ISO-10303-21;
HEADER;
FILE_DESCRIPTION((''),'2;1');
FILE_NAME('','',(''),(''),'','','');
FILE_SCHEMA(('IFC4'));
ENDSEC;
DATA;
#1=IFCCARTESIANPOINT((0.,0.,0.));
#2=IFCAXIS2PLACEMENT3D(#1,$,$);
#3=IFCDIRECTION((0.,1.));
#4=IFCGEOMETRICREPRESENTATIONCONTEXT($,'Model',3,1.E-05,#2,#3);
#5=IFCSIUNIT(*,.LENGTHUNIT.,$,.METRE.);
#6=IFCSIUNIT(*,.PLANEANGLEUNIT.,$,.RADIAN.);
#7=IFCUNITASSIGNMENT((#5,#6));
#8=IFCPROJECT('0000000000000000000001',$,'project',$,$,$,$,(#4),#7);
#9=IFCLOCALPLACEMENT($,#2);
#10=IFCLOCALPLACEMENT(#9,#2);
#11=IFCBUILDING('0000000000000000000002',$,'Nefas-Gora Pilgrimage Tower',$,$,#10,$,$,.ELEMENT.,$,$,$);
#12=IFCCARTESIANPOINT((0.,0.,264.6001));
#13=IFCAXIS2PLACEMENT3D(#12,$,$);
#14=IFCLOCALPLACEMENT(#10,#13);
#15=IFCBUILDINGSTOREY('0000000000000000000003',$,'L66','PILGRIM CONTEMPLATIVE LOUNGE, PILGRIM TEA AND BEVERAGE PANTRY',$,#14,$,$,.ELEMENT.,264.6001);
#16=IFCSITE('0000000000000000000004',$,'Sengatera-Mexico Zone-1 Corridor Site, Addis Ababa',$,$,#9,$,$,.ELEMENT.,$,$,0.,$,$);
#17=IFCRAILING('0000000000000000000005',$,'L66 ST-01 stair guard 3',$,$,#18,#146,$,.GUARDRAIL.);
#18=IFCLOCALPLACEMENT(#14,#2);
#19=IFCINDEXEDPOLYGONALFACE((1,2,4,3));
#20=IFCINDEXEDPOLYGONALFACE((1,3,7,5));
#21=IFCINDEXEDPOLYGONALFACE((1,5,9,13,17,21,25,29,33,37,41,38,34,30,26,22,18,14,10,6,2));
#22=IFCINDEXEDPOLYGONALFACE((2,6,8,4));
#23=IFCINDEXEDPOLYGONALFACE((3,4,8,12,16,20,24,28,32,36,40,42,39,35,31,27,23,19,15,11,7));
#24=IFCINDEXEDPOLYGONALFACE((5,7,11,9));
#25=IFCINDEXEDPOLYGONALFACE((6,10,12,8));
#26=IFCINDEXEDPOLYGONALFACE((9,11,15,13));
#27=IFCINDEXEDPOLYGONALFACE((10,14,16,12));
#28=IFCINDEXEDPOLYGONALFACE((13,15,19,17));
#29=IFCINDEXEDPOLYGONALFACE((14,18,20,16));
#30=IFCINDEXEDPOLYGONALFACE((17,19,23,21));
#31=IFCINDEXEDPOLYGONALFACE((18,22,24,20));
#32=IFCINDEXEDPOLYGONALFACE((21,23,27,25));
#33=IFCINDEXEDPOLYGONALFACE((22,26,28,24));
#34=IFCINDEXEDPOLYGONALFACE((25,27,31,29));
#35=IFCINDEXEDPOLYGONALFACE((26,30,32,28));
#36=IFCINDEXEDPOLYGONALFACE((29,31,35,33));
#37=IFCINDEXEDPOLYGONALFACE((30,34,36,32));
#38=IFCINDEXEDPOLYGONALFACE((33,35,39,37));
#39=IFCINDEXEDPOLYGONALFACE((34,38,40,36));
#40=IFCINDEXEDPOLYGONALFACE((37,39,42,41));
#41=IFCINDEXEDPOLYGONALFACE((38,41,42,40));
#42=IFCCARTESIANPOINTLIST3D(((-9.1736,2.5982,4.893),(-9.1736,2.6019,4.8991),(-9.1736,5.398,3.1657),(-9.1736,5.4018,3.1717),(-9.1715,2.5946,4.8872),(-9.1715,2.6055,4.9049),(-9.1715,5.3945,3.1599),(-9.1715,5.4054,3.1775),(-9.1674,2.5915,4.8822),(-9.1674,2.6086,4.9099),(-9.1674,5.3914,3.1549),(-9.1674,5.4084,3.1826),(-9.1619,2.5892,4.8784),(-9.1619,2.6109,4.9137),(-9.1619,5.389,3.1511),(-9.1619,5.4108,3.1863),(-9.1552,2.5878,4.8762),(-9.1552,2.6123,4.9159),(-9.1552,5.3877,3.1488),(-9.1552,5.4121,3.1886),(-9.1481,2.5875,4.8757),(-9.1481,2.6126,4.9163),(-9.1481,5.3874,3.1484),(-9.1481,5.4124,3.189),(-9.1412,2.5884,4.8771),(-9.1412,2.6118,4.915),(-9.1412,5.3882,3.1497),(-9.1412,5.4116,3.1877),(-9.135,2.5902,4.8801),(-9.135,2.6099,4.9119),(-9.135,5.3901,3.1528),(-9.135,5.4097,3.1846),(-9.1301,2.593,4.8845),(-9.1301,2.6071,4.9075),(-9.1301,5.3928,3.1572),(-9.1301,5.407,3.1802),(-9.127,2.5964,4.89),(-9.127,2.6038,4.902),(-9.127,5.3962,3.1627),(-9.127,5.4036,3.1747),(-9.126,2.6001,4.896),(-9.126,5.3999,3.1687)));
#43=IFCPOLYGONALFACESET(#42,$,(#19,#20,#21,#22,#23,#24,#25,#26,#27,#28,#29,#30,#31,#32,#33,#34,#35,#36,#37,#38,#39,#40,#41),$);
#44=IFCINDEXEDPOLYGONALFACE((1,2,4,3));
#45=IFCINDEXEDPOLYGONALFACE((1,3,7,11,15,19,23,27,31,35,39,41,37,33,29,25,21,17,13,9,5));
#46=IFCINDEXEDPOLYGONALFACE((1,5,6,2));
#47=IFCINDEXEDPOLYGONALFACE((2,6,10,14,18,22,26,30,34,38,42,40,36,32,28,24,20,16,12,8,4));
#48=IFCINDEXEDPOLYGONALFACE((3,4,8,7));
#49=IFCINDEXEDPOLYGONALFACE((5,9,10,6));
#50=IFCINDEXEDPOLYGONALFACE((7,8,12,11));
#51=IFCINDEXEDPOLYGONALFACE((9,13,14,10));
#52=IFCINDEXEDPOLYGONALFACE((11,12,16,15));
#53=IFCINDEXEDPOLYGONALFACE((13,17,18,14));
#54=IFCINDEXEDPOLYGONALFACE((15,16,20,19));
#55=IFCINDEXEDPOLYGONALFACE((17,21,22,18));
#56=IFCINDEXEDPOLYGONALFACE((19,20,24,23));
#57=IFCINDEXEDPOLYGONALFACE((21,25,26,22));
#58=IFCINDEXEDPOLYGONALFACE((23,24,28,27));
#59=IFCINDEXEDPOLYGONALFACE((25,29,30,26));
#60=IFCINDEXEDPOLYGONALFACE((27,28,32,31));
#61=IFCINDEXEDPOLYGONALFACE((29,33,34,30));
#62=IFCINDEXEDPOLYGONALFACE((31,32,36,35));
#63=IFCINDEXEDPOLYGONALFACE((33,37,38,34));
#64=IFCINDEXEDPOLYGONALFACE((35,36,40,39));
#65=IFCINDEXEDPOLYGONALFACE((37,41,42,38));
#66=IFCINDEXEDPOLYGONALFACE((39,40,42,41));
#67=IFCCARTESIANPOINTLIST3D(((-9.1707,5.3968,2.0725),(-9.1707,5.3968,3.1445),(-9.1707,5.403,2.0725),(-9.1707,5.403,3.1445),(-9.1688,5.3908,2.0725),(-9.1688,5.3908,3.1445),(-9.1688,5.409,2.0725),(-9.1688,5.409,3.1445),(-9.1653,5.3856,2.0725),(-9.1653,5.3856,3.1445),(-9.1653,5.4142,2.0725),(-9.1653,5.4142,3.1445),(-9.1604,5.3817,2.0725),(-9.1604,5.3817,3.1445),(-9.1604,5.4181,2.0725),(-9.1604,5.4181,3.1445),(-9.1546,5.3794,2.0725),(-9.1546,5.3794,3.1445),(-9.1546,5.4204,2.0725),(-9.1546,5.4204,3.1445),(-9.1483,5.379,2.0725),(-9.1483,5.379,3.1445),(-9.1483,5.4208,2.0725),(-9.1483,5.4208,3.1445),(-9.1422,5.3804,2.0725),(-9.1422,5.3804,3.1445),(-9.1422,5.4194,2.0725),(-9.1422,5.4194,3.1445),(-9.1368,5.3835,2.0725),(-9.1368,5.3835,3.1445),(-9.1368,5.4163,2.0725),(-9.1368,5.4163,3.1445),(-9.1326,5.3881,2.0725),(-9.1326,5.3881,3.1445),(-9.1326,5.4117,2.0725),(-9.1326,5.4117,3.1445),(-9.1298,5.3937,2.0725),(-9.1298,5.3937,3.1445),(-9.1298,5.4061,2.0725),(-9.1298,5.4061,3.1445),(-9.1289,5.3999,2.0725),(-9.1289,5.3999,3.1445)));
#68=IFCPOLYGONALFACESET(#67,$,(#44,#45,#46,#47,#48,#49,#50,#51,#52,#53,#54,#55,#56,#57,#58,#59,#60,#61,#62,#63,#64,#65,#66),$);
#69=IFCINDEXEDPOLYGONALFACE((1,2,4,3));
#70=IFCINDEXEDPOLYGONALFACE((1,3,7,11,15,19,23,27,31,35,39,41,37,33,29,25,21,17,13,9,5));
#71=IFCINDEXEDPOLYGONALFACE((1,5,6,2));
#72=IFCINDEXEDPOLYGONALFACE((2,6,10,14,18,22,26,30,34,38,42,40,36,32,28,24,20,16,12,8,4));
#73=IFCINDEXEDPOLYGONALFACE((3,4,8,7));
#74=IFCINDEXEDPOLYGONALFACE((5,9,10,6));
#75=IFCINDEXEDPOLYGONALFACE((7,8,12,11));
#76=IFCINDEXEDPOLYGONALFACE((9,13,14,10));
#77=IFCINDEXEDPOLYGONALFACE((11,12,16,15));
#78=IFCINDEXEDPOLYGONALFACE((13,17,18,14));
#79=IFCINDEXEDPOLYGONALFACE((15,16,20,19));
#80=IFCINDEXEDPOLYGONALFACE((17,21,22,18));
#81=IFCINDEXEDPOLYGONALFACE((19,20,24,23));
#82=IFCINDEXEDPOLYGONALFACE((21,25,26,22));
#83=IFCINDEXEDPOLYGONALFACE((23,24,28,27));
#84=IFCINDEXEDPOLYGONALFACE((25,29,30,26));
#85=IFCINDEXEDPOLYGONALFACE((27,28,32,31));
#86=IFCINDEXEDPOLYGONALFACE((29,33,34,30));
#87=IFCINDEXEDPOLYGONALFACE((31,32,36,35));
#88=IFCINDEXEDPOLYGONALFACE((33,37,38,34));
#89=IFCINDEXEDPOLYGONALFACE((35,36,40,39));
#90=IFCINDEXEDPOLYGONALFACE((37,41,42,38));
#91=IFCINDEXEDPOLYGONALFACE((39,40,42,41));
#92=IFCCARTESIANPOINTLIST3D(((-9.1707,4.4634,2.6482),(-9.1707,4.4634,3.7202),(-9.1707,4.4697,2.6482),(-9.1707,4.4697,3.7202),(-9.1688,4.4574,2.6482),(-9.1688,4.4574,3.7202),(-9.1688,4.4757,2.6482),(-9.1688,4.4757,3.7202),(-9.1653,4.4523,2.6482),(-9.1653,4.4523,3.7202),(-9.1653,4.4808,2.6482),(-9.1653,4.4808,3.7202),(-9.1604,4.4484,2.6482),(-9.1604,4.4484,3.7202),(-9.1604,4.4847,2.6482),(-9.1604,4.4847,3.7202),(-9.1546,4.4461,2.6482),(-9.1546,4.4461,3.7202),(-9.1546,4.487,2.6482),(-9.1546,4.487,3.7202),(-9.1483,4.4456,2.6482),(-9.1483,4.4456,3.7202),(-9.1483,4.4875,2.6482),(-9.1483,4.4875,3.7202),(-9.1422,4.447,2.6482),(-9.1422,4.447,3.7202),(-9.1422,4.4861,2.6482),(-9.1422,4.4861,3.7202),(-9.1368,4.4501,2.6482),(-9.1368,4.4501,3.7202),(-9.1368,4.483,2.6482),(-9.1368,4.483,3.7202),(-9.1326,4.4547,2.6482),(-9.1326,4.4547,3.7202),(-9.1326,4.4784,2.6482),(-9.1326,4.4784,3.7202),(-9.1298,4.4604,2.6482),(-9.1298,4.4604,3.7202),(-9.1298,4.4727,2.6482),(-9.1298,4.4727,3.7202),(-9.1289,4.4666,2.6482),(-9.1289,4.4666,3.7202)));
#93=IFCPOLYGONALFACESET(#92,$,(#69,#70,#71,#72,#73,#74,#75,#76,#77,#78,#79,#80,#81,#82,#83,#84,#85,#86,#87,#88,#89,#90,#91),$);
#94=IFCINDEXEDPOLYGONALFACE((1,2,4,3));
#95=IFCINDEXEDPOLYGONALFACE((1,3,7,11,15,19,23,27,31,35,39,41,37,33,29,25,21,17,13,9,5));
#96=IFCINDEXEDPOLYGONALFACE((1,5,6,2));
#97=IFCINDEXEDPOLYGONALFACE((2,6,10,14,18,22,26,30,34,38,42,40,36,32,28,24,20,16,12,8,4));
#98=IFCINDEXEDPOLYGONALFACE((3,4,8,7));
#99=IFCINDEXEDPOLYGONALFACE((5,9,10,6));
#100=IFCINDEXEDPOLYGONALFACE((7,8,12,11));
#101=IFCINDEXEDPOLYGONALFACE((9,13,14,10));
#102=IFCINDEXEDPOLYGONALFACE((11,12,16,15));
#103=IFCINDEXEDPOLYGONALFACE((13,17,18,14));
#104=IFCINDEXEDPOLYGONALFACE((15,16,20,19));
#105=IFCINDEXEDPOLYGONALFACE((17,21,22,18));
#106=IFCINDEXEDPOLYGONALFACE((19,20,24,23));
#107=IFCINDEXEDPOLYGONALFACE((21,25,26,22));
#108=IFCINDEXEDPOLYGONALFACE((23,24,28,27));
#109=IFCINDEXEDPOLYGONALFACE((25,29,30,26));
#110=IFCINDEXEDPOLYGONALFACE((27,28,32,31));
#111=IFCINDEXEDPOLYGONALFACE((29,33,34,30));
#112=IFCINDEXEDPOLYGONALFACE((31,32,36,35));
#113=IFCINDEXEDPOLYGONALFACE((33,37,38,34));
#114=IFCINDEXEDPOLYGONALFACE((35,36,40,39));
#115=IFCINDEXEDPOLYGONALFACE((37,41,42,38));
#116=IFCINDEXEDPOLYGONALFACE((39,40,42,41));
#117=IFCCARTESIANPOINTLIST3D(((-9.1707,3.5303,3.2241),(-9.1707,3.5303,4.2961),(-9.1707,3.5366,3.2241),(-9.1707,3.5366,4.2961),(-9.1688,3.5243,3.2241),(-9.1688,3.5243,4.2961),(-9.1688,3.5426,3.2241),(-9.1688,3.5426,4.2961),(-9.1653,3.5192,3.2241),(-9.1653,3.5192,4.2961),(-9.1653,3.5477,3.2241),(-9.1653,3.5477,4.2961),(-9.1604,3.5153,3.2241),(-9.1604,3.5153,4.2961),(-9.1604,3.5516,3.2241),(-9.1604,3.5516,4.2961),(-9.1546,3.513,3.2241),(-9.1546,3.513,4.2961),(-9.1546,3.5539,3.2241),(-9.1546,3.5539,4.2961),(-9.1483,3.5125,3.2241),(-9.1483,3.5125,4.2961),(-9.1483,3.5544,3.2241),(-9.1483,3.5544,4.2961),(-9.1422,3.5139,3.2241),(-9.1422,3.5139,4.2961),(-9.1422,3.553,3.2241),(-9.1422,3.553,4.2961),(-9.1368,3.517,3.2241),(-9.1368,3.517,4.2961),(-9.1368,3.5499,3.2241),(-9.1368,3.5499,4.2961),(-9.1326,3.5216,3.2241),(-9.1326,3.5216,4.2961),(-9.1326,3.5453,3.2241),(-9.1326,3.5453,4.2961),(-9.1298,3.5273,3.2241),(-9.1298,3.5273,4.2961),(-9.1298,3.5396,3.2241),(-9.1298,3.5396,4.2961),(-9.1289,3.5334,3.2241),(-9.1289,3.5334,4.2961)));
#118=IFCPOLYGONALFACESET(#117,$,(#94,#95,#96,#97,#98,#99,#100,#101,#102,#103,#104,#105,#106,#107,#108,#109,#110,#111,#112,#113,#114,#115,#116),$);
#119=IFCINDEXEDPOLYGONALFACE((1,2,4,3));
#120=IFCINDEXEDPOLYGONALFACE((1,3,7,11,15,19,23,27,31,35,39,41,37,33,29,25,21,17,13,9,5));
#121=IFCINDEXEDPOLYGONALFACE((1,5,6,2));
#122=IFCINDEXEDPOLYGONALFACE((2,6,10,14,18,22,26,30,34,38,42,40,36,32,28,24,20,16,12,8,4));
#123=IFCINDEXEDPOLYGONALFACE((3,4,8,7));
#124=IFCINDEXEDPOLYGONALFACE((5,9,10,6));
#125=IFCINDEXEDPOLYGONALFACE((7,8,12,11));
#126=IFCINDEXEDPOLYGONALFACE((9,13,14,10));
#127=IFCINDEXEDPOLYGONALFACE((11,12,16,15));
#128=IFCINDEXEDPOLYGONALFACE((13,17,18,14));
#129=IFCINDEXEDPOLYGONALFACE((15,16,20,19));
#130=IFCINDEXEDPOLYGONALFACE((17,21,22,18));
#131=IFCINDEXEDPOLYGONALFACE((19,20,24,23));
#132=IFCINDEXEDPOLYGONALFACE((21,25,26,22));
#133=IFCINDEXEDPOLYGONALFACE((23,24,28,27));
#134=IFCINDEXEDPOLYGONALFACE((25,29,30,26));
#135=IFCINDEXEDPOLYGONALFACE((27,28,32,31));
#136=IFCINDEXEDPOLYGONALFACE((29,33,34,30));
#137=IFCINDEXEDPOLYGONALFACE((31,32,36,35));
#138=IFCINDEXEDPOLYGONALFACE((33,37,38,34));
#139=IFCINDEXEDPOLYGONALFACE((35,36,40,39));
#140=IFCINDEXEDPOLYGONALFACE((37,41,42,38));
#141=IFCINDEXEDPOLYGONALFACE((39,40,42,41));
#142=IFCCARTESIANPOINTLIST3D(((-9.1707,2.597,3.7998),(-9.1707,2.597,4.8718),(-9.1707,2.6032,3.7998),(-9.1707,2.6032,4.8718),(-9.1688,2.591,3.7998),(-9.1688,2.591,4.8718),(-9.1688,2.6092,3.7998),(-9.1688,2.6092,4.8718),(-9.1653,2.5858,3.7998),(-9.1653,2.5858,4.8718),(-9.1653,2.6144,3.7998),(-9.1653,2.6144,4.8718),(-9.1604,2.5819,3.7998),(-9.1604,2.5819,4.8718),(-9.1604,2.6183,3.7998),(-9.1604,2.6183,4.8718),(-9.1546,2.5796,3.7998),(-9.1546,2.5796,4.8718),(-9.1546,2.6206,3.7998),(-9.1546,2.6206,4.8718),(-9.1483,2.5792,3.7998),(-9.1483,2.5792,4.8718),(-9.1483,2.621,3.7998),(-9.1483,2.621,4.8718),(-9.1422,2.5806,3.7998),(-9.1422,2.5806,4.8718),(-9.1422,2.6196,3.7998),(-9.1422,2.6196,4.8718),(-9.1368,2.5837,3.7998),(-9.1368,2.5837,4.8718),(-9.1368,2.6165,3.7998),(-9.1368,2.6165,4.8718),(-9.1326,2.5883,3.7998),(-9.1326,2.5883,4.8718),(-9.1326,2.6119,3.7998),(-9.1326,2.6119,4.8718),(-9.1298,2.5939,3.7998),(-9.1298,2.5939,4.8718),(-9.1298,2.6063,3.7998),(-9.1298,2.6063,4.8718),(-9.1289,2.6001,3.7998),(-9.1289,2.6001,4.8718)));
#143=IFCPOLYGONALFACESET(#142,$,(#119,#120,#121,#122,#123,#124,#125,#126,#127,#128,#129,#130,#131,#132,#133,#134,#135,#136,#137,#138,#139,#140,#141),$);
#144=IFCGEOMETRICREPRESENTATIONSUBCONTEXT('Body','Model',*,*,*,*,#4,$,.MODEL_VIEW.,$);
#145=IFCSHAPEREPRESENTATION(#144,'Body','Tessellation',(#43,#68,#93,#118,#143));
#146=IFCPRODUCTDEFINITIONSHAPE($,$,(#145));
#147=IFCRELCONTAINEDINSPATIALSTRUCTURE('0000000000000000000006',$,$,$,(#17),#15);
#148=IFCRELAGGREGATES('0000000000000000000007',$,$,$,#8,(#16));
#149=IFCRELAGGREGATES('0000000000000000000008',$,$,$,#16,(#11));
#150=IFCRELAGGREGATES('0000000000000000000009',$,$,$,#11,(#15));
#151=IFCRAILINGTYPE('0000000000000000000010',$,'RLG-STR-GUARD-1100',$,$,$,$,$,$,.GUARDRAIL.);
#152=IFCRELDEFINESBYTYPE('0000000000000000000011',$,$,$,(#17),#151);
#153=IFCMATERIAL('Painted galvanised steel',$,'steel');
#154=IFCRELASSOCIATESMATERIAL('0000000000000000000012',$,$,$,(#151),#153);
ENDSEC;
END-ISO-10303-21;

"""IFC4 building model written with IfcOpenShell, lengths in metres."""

from ifc_helpers import new_model, si_unit, direction, frame, origin, origin_2d, place, context, subcontext, project, spatial, circle, extrude, material, type_object, element, save


model = new_model("IFC4")

# Units and contexts
model_context = context("Model", 3, precision=1e-05, world=origin(), true_north=direction((0.0, 1.0)))
body_context = subcontext(model_context, "Body", "Model", "MODEL_VIEW")
ifc_project = project(units=[si_unit("LENGTHUNIT", "METRE"), si_unit("PLANEANGLEUNIT", "RADIAN")], contexts=[model_context])

# Site, building, storey
site_placement = place(None, origin())
site = spatial("IfcSite", under=ifc_project, at=site_placement, Name="Sengatera-Mexico Zone-1 Corridor Site, Addis Ababa", CompositionType="ELEMENT", RefElevation=0.0)
building_placement = place(site_placement, origin())
building = spatial("IfcBuilding", under=site, at=building_placement, Name="Nefas-Gora Pilgrimage Tower", CompositionType="ELEMENT")
storey_placement = place(building_placement, frame((0.0, 0.0, 264.6001)))
storey = spatial("IfcBuildingStorey", under=building, at=storey_placement, Name="L66", Description="PILGRIM CONTEMPLATIVE LOUNGE, PILGRIM TEA AND BEVERAGE PANTRY", CompositionType="ELEMENT", Elevation=264.6001)

# Railing
ifc_material_1 = material(Name="Painted galvanised steel", Category="steel")
railing_type_1 = type_object("IfcRailingType", Name="RLG-STR-GUARD-1100", PredefinedType="GUARDRAIL", material=ifc_material_1)
railing_1_placement = place(storey_placement, frame((-9.1499, 5.3999, 2.0725)))
element("IfcRailing", 1, at=railing_1_placement, inside=storey, type_object=railing_type_1, Name="L66 ST-01 stair guard 3", PredefinedType="GUARDRAIL", context=body_context, shape_type="SweptSolid", body=[
    extrude(circle(Radius=0.0239, at=origin_2d()), frame((0.0, 0.0, 1.0962), z_axis=(0.0, -0.851069, 0.525054), x_axis=(1.0, 0.0, 0.0)), (0.0, 0.0, 1.0), 3.2898),
    extrude(circle(Radius=0.021, at=origin_2d()), origin(), (0.0, 0.0, 1.0), 1.072),
    extrude(circle(Radius=0.021, at=origin_2d()), frame((0.0, -0.9333, 0.5757)), (0.0, 0.0, 1.0), 1.072),
    extrude(circle(Radius=0.021, at=origin_2d()), frame((0.0, -1.8665, 1.1516)), (0.0, 0.0, 1.0), 1.072),
    extrude(circle(Radius=0.021, at=origin_2d()), frame((0.0, -2.7998, 1.7273)), (0.0, 0.0, 1.0), 1.072),
])

save(model, "model.ifc")
